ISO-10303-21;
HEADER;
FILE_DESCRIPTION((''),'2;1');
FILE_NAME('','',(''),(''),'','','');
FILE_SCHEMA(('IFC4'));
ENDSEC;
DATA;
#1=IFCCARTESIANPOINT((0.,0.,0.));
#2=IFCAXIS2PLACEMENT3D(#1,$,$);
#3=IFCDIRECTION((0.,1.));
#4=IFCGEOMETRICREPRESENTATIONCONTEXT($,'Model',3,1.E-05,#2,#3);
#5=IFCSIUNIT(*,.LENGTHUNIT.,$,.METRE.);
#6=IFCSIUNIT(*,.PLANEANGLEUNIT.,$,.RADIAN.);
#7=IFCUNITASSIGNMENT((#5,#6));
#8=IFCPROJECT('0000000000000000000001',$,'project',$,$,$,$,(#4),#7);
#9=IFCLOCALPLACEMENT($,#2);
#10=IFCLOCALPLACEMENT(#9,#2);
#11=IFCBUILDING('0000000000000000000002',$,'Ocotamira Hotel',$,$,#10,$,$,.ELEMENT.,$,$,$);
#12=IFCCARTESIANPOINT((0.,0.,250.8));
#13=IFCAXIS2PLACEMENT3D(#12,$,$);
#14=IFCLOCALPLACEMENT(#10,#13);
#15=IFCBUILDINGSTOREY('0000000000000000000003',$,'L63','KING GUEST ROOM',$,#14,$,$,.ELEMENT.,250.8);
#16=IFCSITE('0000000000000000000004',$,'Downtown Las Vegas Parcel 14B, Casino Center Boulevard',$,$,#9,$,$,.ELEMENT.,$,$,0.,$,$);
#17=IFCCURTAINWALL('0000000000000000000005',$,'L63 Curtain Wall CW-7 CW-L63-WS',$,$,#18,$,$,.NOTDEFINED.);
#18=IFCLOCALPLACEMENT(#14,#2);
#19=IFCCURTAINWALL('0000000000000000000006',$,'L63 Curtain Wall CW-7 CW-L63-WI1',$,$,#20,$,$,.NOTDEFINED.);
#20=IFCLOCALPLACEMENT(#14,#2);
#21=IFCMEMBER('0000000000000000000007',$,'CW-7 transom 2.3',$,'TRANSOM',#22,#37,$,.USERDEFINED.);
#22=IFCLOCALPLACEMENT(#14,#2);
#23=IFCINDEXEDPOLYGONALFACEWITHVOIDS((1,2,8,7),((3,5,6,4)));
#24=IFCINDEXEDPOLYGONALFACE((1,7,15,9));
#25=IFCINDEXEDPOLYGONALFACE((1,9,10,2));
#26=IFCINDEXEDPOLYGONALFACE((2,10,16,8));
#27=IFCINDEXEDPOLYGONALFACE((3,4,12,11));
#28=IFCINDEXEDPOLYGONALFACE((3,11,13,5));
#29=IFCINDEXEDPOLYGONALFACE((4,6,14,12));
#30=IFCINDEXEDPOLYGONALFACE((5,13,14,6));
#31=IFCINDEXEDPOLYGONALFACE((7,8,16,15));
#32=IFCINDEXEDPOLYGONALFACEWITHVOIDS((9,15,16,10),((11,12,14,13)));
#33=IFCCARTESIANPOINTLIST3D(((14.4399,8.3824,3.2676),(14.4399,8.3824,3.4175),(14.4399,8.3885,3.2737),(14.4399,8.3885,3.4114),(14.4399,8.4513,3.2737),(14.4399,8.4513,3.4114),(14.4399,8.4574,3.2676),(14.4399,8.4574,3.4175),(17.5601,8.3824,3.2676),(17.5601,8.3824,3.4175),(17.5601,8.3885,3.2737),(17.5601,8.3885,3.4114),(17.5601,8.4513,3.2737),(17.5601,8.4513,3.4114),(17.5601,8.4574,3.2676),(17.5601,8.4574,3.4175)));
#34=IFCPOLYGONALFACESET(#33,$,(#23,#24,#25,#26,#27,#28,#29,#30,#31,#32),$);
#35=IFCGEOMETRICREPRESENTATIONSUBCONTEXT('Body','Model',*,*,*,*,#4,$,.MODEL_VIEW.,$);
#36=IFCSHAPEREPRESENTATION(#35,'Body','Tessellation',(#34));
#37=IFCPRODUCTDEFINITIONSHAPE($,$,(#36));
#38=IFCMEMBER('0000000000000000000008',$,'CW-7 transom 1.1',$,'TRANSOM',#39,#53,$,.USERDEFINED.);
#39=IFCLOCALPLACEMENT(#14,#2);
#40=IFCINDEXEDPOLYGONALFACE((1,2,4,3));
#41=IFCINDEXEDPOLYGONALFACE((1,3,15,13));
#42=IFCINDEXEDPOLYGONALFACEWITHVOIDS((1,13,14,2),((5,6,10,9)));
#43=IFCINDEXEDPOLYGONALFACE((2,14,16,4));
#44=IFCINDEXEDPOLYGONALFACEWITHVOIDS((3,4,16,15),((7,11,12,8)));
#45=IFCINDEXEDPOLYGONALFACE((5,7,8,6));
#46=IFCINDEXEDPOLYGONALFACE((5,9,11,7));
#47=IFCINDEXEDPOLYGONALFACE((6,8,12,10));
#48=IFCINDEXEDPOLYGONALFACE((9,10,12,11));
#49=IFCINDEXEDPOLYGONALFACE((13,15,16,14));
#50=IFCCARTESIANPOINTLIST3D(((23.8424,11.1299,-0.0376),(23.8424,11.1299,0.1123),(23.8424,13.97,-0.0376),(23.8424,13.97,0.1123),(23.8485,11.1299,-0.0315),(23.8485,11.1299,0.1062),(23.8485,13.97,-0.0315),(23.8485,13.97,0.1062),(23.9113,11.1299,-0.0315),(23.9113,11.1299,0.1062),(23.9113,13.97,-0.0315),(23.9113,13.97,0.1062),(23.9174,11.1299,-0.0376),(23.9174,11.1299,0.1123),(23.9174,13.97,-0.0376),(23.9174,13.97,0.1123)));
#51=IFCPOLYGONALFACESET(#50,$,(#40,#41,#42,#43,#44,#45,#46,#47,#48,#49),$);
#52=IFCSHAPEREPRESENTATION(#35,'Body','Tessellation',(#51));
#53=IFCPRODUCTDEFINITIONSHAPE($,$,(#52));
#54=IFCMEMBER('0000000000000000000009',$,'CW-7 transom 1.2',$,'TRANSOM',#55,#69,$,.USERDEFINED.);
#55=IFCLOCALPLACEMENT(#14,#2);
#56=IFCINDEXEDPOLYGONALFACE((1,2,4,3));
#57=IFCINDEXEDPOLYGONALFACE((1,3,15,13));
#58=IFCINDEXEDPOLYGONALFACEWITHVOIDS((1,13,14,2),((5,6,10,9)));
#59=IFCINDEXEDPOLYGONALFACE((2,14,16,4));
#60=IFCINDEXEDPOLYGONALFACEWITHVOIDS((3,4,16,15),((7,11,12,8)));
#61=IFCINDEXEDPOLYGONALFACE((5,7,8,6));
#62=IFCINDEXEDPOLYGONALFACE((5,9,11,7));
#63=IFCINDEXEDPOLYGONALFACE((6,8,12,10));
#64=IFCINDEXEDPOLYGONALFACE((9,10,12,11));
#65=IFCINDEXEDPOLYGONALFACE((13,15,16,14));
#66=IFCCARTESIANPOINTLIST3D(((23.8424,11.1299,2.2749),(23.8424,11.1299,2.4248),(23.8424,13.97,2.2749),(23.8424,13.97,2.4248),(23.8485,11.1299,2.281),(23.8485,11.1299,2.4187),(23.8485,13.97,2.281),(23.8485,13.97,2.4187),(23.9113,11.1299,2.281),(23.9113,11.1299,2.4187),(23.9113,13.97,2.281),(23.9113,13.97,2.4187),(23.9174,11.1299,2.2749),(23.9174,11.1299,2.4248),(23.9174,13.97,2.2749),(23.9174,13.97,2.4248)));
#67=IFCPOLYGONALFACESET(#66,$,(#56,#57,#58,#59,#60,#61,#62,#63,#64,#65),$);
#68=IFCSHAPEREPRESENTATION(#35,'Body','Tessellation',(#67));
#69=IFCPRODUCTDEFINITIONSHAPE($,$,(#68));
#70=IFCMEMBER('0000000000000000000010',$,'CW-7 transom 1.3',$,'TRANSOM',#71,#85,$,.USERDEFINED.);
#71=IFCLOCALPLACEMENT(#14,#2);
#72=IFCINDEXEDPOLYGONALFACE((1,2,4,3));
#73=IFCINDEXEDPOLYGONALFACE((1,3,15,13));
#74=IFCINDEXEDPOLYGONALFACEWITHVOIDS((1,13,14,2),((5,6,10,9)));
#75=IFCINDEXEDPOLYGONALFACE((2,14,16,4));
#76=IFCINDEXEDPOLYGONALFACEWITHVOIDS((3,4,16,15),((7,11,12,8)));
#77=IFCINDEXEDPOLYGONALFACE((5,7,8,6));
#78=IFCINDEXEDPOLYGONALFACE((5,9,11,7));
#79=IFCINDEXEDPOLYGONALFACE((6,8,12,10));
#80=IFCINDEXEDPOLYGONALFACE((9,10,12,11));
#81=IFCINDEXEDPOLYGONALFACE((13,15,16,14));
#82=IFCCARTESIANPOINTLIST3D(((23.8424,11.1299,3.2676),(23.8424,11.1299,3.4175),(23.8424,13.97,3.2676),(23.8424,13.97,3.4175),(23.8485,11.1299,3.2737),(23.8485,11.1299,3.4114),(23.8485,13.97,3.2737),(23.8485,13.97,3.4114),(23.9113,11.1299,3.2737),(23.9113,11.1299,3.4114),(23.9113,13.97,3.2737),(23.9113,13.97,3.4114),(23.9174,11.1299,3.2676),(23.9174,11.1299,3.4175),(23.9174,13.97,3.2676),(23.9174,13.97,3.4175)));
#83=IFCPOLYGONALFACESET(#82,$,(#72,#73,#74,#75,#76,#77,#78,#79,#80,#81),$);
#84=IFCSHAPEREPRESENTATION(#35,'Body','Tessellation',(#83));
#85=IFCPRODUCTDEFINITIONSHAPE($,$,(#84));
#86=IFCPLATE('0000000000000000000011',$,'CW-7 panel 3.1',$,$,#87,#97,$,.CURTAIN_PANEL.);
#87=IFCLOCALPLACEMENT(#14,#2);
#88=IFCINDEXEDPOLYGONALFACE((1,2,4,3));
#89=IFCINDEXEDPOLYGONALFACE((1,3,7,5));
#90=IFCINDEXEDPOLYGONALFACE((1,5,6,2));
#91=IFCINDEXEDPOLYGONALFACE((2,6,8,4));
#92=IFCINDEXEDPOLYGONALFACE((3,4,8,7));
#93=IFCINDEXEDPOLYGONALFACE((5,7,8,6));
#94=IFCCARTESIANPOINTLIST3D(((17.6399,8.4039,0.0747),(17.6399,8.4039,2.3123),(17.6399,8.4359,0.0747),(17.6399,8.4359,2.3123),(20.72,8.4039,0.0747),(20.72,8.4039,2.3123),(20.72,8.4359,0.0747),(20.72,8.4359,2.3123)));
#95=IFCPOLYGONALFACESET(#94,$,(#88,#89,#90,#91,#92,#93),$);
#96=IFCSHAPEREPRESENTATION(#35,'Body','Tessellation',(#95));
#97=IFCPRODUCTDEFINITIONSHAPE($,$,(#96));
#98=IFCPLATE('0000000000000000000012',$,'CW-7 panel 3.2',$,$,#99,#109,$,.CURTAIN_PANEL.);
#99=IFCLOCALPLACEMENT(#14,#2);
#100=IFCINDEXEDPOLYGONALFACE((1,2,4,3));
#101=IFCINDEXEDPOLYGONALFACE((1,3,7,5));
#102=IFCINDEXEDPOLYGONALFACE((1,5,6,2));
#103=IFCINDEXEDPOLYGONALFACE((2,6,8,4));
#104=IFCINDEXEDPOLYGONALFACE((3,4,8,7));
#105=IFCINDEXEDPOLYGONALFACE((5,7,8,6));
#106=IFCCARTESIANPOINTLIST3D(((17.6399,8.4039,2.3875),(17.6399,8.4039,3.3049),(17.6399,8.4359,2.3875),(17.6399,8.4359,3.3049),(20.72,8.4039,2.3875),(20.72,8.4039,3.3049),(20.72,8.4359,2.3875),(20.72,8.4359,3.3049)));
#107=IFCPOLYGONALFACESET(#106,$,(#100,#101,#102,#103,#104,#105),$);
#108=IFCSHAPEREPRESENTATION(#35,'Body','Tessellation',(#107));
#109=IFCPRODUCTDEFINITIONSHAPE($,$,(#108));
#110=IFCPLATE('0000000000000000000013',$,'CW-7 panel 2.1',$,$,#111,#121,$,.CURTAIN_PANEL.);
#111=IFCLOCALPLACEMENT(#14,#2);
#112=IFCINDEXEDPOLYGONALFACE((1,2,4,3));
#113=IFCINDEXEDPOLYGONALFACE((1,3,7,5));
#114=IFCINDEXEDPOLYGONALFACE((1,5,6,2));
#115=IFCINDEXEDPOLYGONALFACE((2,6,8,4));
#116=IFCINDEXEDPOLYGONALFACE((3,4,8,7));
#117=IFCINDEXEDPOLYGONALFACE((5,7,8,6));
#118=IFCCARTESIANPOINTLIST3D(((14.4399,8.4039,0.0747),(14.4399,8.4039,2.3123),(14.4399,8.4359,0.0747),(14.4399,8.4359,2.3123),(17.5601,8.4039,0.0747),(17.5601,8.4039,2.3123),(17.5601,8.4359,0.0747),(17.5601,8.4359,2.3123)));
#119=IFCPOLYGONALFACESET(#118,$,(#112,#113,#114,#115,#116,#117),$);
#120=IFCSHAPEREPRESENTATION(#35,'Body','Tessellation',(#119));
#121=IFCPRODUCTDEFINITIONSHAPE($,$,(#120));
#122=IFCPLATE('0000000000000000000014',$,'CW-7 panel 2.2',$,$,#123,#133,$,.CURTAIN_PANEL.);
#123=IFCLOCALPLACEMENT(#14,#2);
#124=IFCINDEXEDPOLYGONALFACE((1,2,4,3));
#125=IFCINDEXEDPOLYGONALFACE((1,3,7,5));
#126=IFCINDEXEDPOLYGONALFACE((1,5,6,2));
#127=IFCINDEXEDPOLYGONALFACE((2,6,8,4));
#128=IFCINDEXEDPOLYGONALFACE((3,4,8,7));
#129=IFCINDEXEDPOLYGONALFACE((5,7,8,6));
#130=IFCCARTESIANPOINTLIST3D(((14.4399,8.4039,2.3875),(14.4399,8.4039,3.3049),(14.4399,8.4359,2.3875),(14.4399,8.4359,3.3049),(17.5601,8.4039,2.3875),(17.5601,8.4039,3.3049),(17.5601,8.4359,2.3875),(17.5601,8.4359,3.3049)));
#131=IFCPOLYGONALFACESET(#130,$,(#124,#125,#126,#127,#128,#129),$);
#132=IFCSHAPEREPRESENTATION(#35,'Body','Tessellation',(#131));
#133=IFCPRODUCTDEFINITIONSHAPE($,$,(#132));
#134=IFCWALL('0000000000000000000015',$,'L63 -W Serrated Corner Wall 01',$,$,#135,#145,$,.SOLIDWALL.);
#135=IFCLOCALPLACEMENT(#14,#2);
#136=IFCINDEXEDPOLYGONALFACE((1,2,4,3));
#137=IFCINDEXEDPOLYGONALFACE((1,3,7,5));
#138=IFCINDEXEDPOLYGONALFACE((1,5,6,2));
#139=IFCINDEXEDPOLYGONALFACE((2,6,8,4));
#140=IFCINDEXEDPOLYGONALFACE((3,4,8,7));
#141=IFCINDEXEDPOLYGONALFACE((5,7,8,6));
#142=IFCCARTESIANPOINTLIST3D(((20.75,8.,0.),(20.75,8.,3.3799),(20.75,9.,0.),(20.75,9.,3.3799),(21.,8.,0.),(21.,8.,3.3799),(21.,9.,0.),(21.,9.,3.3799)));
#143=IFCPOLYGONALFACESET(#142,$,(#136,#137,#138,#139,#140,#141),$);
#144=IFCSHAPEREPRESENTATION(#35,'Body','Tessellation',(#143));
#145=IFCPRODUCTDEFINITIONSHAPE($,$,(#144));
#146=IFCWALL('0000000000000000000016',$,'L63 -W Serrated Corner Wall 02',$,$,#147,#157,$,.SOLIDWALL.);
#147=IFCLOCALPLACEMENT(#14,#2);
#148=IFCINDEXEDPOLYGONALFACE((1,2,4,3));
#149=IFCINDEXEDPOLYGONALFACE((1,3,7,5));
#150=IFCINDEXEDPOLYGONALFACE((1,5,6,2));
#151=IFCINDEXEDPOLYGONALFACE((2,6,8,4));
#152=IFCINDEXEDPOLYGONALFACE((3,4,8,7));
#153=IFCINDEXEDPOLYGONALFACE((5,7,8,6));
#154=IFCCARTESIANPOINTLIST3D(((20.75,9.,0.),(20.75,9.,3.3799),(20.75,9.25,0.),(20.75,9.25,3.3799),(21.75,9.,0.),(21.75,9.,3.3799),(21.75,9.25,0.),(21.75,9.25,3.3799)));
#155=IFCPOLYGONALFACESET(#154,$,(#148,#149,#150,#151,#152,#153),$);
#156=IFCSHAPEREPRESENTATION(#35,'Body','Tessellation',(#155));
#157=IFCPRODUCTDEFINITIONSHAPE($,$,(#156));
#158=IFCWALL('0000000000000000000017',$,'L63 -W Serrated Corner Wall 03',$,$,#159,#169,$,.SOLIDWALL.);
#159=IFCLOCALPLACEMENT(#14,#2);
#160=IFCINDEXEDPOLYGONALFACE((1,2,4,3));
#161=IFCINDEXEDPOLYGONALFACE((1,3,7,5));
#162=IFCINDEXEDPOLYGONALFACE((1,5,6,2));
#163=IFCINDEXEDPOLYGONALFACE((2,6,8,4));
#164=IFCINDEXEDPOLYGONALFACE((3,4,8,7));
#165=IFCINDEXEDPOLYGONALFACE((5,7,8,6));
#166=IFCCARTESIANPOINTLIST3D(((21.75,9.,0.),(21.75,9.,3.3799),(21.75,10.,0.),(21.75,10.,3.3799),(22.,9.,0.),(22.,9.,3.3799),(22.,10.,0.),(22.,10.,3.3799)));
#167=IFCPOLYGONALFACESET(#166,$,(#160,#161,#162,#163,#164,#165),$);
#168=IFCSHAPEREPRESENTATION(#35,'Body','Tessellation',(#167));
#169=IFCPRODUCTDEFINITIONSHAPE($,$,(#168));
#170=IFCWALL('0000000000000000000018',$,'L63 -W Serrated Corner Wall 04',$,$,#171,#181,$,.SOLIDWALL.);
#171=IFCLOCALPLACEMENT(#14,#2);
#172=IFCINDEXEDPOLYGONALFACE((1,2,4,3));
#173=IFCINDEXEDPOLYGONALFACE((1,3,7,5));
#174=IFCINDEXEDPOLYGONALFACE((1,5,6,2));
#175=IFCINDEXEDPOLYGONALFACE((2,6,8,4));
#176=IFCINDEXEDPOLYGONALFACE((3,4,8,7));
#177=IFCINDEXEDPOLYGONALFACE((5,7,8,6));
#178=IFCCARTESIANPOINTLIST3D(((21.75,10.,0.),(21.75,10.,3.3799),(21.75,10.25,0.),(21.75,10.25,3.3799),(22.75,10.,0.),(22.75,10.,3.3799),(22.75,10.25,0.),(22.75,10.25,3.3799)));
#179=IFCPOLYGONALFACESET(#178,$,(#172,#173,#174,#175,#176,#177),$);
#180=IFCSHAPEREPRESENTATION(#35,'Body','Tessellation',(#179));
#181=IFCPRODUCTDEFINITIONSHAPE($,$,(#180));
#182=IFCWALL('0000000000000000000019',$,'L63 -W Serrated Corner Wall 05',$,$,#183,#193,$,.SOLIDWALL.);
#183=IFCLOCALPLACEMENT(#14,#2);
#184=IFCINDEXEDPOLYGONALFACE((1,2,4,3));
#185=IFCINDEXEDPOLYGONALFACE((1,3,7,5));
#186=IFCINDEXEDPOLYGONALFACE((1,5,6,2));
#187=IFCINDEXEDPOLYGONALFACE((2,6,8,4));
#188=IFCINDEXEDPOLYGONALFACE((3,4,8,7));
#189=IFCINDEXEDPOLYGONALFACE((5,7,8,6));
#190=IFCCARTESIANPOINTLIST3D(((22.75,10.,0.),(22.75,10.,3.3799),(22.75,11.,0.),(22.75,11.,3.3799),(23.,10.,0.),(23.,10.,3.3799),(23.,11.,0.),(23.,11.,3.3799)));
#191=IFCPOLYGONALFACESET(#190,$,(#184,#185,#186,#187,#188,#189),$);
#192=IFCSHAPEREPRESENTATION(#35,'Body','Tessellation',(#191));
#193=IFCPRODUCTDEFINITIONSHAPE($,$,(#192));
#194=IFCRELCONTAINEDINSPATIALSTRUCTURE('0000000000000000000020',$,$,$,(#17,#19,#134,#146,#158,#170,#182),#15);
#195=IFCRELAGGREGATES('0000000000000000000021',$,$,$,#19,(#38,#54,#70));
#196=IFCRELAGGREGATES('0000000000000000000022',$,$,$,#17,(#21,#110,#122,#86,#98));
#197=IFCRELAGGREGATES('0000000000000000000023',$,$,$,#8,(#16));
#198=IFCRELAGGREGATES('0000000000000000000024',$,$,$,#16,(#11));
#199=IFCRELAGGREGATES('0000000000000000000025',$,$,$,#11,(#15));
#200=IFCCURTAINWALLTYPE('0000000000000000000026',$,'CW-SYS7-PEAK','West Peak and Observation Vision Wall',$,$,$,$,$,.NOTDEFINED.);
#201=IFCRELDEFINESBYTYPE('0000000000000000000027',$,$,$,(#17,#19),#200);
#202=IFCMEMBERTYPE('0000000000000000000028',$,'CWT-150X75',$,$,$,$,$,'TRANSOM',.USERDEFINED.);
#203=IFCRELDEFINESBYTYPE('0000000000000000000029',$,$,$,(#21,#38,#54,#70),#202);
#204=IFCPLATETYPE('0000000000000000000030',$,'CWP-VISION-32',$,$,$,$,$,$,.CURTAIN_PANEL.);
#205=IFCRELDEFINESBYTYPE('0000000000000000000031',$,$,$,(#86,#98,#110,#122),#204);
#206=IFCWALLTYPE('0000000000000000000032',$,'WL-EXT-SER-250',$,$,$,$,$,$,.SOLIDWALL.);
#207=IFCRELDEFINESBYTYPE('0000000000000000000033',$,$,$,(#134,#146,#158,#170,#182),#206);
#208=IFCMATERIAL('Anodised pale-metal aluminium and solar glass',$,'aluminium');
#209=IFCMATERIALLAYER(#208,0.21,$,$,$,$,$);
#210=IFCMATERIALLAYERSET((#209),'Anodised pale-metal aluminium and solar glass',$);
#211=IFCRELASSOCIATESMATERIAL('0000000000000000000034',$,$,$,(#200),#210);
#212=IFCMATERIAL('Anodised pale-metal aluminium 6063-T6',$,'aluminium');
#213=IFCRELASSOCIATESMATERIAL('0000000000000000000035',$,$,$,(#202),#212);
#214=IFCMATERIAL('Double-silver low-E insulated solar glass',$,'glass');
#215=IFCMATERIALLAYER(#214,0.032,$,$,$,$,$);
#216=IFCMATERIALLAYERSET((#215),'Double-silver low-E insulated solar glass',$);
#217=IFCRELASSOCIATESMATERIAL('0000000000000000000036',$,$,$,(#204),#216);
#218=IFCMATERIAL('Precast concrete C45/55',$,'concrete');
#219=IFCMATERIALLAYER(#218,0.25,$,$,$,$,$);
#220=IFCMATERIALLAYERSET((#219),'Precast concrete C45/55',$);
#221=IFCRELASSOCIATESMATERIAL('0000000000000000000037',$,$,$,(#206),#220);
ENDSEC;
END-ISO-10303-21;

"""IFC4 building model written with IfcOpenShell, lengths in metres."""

from ifc_helpers import new_model, si_unit, direction, frame, frame_2d, origin, origin_2d, place, context, subcontext, project, spatial, rectangle, hollow_rectangle, extrude, source, transform, mapped, material, layer, layer_set, material_profile, profile_set, type_object, element, aggregate, save


model = new_model("IFC4")

# Units and contexts
model_context = context("Model", 3, precision=1e-05, world=origin(), true_north=direction((0.0, 1.0)))
body_context = subcontext(model_context, "Body", "Model", "MODEL_VIEW")
ifc_project = project(units=[si_unit("LENGTHUNIT", "METRE"), si_unit("PLANEANGLEUNIT", "RADIAN")], contexts=[model_context])

# Site, building, storey
site_placement = place(None, origin())
site = spatial("IfcSite", under=ifc_project, at=site_placement, Name="Downtown Las Vegas Parcel 14B, Casino Center Boulevard", CompositionType="ELEMENT", RefElevation=0.0)
building_placement = place(site_placement, origin())
building = spatial("IfcBuilding", under=site, at=building_placement, Name="Ocotamira Hotel", CompositionType="ELEMENT")
storey_placement = place(building_placement, frame((0.0, 0.0, 250.8)))
storey = spatial("IfcBuildingStorey", under=building, at=storey_placement, Name="L63", Description="KING GUEST ROOM", CompositionType="ELEMENT", Elevation=250.8)

# Curtain wall
ifc_material_1 = material(Name="Anodised pale-metal aluminium and solar glass", Category="aluminium")
ifc_layer_1 = layer(ifc_material_1, 0.21)
ifc_layer_set_1 = layer_set([ifc_layer_1], Name="Anodised pale-metal aluminium and solar glass")
curtain_wall_type = type_object("IfcCurtainWallType", Name="CW-SYS7-PEAK", Description="West Peak and Observation Vision Wall", PredefinedType="NOTDEFINED", material=ifc_layer_set_1)
curtain_wall_1_placement = place(storey_placement, origin())
curtain_wall_1 = element("IfcCurtainWall", 1, at=curtain_wall_1_placement, inside=storey, type_object=curtain_wall_type, Name="L63 Curtain Wall CW-7 CW-L63-WS", PredefinedType="NOTDEFINED")
ifc_material_2 = material(Name="Anodised pale-metal aluminium 6063-T6", Category="aluminium")

# Curtain wall
curtain_wall_2_placement = place(storey_placement, origin())
curtain_wall_2 = element("IfcCurtainWall", 2, at=curtain_wall_2_placement, inside=storey, type_object=curtain_wall_type, Name="L63 Curtain Wall CW-7 CW-L63-WI1", PredefinedType="NOTDEFINED")

# Members
ifc_material_profile_1 = material_profile(ifc_material_2, hollow_rectangle(XDim=0.075, YDim=0.1499, WallThickness=0.0061, at=origin_2d()), Name="HSS150X75X6")
ifc_profile_set_1 = profile_set([ifc_material_profile_1], Name="Anodised pale-metal aluminium 6063-T6")
member_type_1 = type_object("IfcMemberType", Name="CWT-150X75", ElementType="TRANSOM", PredefinedType="USERDEFINED", material=ifc_profile_set_1)
shared_shape_1 = source(origin(), body_context, "Body", "SweptSolid", [
    extrude(hollow_rectangle(XDim=0.075, YDim=0.1499, WallThickness=0.0061, at=origin_2d()), origin(), (0.0, 0.0, 1.0), 3.1201),
])
member_1_placement = place(storey_placement, frame((14.4399, 8.4199, 3.3425), z_axis=(1.0, 0.0, 0.0), x_axis=(0.0, 1.0, 0.0)))
member_1 = element("IfcMember", 3, at=member_1_placement, type_object=member_type_1, Name="CW-7 transom 2.3", ObjectType="TRANSOM", PredefinedType="USERDEFINED", context=body_context, shape_type="MappedRepresentation", body=[
    mapped(shared_shape_1, transform((0.0, 0.0, 0.0), scale=1.0)),
])
shared_shape_2 = source(origin(), body_context, "Body", "SweptSolid", [
    extrude(hollow_rectangle(XDim=0.075, YDim=0.1499, WallThickness=0.0061, at=origin_2d()), origin(), (0.0, 0.0, 1.0), 2.8401),
])
member_2_placement = place(storey_placement, frame((23.8799, 11.1299, 0.0374), z_axis=(0.0, 1.0, 0.0), x_axis=(-1.0, 0.0, 0.0)))
member_2 = element("IfcMember", 4, at=member_2_placement, type_object=member_type_1, Name="CW-7 transom 1.1", ObjectType="TRANSOM", PredefinedType="USERDEFINED", context=body_context, shape_type="MappedRepresentation", body=[
    mapped(shared_shape_2, transform((0.0, 0.0, 0.0), scale=1.0)),
])
member_3_placement = place(storey_placement, frame((23.8799, 11.1299, 2.3499), z_axis=(0.0, 1.0, 0.0), x_axis=(-1.0, 0.0, 0.0)))
member_3 = element("IfcMember", 5, at=member_3_placement, type_object=member_type_1, Name="CW-7 transom 1.2", ObjectType="TRANSOM", PredefinedType="USERDEFINED", context=body_context, shape_type="MappedRepresentation", body=[
    mapped(shared_shape_2, transform((0.0, 0.0, 0.0), scale=1.0)),
])
member_4_placement = place(storey_placement, frame((23.8799, 11.1299, 3.3425), z_axis=(0.0, 1.0, 0.0), x_axis=(-1.0, 0.0, 0.0)))
member_4 = element("IfcMember", 6, at=member_4_placement, type_object=member_type_1, Name="CW-7 transom 1.3", ObjectType="TRANSOM", PredefinedType="USERDEFINED", context=body_context, shape_type="MappedRepresentation", body=[
    mapped(shared_shape_2, transform((0.0, 0.0, 0.0), scale=1.0)),
])
aggregate(curtain_wall_2, [member_2, member_3, member_4])

# Plates
ifc_material_3 = material(Name="Double-silver low-E insulated solar glass", Category="glass")
ifc_layer_2 = layer(ifc_material_3, 0.032)
ifc_layer_set_2 = layer_set([ifc_layer_2], Name="Double-silver low-E insulated solar glass")
plate_type = type_object("IfcPlateType", Name="CWP-VISION-32", PredefinedType="CURTAIN_PANEL", material=ifc_layer_set_2)
shared_shape_3 = source(origin(), body_context, "Body", "SweptSolid", [
    extrude(rectangle(XDim=3.0801, YDim=0.032, at=origin_2d()), origin(), (0.0, 0.0, 1.0), 2.2375),
])
plate_1_placement = place(storey_placement, frame((19.1799, 8.4199, 0.0747), z_axis=(0.0, 0.0, 1.0), x_axis=(1.0, 0.0, 0.0)))
plate_1 = element("IfcPlate", 7, at=plate_1_placement, type_object=plate_type, Name="CW-7 panel 3.1", PredefinedType="CURTAIN_PANEL", context=body_context, shape_type="MappedRepresentation", body=[
    mapped(shared_shape_3, transform((0.0, 0.0, 0.0), scale=1.0)),
])
shared_shape_4 = source(origin(), body_context, "Body", "SweptSolid", [
    extrude(rectangle(XDim=3.0801, YDim=0.032, at=origin_2d()), origin(), (0.0, 0.0, 1.0), 0.9175),
])
plate_2_placement = place(storey_placement, frame((19.1799, 8.4199, 2.3875), z_axis=(0.0, 0.0, 1.0), x_axis=(1.0, 0.0, 0.0)))
plate_2 = element("IfcPlate", 8, at=plate_2_placement, type_object=plate_type, Name="CW-7 panel 3.2", PredefinedType="CURTAIN_PANEL", context=body_context, shape_type="MappedRepresentation", body=[
    mapped(shared_shape_4, transform((0.0, 0.0, 0.0), scale=1.0)),
])
shared_shape_5 = source(origin(), body_context, "Body", "SweptSolid", [
    extrude(rectangle(XDim=3.1201, YDim=0.032, at=origin_2d()), origin(), (0.0, 0.0, 1.0), 2.2375),
])
plate_3_placement = place(storey_placement, frame((16.0, 8.4199, 0.0747), z_axis=(0.0, 0.0, 1.0), x_axis=(1.0, 0.0, 0.0)))
plate_3 = element("IfcPlate", 9, at=plate_3_placement, type_object=plate_type, Name="CW-7 panel 2.1", PredefinedType="CURTAIN_PANEL", context=body_context, shape_type="MappedRepresentation", body=[
    mapped(shared_shape_5, transform((0.0, 0.0, 0.0), scale=1.0)),
])
shared_shape_6 = source(origin(), body_context, "Body", "SweptSolid", [
    extrude(rectangle(XDim=3.1201, YDim=0.032, at=origin_2d()), origin(), (0.0, 0.0, 1.0), 0.9175),
])
plate_4_placement = place(storey_placement, frame((16.0, 8.4199, 2.3875), z_axis=(0.0, 0.0, 1.0), x_axis=(1.0, 0.0, 0.0)))
plate_4 = element("IfcPlate", 10, at=plate_4_placement, type_object=plate_type, Name="CW-7 panel 2.2", PredefinedType="CURTAIN_PANEL", context=body_context, shape_type="MappedRepresentation", body=[
    mapped(shared_shape_6, transform((0.0, 0.0, 0.0), scale=1.0)),
])
aggregate(curtain_wall_1, [member_1, plate_3, plate_4, plate_1, plate_2])

# Walls
ifc_material_4 = material(Name="Precast concrete C45/55", Category="concrete")
ifc_layer_3 = layer(ifc_material_4, 0.25)
ifc_layer_set_3 = layer_set([ifc_layer_3], Name="Precast concrete C45/55")
wall_type_1 = type_object("IfcWallType", Name="WL-EXT-SER-250", PredefinedType="SOLIDWALL", material=ifc_layer_set_3)
for number, where, z_axis, x_axis, name in (
    (11, (20.875, 8.0, 0.0), (0.0, 0.0, 1.0), (0.0, 1.0, 0.0), "L63 -W Serrated Corner Wall 01"),
    (12, (20.75, 9.125, 0.0), (0.0, 0.0, 1.0), (1.0, 0.0, 0.0), "L63 -W Serrated Corner Wall 02"),
    (13, (21.875, 9.0, 0.0), (0.0, 0.0, 1.0), (0.0, 1.0, 0.0), "L63 -W Serrated Corner Wall 03"),
    (14, (21.75, 10.125, 0.0), (0.0, 0.0, 1.0), (1.0, 0.0, 0.0), "L63 -W Serrated Corner Wall 04"),
    (15, (22.875, 10.0, 0.0), (0.0, 0.0, 1.0), (0.0, 1.0, 0.0), "L63 -W Serrated Corner Wall 05"),
):
    element("IfcWall", number, at=place(storey_placement, frame(where, z_axis=z_axis, x_axis=x_axis)), inside=storey, type_object=wall_type_1, Name=name, PredefinedType="SOLIDWALL", context=body_context, shape_type="SweptSolid", body=[
        extrude(rectangle(XDim=1.0, YDim=0.25, at=frame_2d((0.5, 0.0))), origin(), (0.0, 0.0, 1.0), 3.3799),
    ])

save(model, "model.ifc")
